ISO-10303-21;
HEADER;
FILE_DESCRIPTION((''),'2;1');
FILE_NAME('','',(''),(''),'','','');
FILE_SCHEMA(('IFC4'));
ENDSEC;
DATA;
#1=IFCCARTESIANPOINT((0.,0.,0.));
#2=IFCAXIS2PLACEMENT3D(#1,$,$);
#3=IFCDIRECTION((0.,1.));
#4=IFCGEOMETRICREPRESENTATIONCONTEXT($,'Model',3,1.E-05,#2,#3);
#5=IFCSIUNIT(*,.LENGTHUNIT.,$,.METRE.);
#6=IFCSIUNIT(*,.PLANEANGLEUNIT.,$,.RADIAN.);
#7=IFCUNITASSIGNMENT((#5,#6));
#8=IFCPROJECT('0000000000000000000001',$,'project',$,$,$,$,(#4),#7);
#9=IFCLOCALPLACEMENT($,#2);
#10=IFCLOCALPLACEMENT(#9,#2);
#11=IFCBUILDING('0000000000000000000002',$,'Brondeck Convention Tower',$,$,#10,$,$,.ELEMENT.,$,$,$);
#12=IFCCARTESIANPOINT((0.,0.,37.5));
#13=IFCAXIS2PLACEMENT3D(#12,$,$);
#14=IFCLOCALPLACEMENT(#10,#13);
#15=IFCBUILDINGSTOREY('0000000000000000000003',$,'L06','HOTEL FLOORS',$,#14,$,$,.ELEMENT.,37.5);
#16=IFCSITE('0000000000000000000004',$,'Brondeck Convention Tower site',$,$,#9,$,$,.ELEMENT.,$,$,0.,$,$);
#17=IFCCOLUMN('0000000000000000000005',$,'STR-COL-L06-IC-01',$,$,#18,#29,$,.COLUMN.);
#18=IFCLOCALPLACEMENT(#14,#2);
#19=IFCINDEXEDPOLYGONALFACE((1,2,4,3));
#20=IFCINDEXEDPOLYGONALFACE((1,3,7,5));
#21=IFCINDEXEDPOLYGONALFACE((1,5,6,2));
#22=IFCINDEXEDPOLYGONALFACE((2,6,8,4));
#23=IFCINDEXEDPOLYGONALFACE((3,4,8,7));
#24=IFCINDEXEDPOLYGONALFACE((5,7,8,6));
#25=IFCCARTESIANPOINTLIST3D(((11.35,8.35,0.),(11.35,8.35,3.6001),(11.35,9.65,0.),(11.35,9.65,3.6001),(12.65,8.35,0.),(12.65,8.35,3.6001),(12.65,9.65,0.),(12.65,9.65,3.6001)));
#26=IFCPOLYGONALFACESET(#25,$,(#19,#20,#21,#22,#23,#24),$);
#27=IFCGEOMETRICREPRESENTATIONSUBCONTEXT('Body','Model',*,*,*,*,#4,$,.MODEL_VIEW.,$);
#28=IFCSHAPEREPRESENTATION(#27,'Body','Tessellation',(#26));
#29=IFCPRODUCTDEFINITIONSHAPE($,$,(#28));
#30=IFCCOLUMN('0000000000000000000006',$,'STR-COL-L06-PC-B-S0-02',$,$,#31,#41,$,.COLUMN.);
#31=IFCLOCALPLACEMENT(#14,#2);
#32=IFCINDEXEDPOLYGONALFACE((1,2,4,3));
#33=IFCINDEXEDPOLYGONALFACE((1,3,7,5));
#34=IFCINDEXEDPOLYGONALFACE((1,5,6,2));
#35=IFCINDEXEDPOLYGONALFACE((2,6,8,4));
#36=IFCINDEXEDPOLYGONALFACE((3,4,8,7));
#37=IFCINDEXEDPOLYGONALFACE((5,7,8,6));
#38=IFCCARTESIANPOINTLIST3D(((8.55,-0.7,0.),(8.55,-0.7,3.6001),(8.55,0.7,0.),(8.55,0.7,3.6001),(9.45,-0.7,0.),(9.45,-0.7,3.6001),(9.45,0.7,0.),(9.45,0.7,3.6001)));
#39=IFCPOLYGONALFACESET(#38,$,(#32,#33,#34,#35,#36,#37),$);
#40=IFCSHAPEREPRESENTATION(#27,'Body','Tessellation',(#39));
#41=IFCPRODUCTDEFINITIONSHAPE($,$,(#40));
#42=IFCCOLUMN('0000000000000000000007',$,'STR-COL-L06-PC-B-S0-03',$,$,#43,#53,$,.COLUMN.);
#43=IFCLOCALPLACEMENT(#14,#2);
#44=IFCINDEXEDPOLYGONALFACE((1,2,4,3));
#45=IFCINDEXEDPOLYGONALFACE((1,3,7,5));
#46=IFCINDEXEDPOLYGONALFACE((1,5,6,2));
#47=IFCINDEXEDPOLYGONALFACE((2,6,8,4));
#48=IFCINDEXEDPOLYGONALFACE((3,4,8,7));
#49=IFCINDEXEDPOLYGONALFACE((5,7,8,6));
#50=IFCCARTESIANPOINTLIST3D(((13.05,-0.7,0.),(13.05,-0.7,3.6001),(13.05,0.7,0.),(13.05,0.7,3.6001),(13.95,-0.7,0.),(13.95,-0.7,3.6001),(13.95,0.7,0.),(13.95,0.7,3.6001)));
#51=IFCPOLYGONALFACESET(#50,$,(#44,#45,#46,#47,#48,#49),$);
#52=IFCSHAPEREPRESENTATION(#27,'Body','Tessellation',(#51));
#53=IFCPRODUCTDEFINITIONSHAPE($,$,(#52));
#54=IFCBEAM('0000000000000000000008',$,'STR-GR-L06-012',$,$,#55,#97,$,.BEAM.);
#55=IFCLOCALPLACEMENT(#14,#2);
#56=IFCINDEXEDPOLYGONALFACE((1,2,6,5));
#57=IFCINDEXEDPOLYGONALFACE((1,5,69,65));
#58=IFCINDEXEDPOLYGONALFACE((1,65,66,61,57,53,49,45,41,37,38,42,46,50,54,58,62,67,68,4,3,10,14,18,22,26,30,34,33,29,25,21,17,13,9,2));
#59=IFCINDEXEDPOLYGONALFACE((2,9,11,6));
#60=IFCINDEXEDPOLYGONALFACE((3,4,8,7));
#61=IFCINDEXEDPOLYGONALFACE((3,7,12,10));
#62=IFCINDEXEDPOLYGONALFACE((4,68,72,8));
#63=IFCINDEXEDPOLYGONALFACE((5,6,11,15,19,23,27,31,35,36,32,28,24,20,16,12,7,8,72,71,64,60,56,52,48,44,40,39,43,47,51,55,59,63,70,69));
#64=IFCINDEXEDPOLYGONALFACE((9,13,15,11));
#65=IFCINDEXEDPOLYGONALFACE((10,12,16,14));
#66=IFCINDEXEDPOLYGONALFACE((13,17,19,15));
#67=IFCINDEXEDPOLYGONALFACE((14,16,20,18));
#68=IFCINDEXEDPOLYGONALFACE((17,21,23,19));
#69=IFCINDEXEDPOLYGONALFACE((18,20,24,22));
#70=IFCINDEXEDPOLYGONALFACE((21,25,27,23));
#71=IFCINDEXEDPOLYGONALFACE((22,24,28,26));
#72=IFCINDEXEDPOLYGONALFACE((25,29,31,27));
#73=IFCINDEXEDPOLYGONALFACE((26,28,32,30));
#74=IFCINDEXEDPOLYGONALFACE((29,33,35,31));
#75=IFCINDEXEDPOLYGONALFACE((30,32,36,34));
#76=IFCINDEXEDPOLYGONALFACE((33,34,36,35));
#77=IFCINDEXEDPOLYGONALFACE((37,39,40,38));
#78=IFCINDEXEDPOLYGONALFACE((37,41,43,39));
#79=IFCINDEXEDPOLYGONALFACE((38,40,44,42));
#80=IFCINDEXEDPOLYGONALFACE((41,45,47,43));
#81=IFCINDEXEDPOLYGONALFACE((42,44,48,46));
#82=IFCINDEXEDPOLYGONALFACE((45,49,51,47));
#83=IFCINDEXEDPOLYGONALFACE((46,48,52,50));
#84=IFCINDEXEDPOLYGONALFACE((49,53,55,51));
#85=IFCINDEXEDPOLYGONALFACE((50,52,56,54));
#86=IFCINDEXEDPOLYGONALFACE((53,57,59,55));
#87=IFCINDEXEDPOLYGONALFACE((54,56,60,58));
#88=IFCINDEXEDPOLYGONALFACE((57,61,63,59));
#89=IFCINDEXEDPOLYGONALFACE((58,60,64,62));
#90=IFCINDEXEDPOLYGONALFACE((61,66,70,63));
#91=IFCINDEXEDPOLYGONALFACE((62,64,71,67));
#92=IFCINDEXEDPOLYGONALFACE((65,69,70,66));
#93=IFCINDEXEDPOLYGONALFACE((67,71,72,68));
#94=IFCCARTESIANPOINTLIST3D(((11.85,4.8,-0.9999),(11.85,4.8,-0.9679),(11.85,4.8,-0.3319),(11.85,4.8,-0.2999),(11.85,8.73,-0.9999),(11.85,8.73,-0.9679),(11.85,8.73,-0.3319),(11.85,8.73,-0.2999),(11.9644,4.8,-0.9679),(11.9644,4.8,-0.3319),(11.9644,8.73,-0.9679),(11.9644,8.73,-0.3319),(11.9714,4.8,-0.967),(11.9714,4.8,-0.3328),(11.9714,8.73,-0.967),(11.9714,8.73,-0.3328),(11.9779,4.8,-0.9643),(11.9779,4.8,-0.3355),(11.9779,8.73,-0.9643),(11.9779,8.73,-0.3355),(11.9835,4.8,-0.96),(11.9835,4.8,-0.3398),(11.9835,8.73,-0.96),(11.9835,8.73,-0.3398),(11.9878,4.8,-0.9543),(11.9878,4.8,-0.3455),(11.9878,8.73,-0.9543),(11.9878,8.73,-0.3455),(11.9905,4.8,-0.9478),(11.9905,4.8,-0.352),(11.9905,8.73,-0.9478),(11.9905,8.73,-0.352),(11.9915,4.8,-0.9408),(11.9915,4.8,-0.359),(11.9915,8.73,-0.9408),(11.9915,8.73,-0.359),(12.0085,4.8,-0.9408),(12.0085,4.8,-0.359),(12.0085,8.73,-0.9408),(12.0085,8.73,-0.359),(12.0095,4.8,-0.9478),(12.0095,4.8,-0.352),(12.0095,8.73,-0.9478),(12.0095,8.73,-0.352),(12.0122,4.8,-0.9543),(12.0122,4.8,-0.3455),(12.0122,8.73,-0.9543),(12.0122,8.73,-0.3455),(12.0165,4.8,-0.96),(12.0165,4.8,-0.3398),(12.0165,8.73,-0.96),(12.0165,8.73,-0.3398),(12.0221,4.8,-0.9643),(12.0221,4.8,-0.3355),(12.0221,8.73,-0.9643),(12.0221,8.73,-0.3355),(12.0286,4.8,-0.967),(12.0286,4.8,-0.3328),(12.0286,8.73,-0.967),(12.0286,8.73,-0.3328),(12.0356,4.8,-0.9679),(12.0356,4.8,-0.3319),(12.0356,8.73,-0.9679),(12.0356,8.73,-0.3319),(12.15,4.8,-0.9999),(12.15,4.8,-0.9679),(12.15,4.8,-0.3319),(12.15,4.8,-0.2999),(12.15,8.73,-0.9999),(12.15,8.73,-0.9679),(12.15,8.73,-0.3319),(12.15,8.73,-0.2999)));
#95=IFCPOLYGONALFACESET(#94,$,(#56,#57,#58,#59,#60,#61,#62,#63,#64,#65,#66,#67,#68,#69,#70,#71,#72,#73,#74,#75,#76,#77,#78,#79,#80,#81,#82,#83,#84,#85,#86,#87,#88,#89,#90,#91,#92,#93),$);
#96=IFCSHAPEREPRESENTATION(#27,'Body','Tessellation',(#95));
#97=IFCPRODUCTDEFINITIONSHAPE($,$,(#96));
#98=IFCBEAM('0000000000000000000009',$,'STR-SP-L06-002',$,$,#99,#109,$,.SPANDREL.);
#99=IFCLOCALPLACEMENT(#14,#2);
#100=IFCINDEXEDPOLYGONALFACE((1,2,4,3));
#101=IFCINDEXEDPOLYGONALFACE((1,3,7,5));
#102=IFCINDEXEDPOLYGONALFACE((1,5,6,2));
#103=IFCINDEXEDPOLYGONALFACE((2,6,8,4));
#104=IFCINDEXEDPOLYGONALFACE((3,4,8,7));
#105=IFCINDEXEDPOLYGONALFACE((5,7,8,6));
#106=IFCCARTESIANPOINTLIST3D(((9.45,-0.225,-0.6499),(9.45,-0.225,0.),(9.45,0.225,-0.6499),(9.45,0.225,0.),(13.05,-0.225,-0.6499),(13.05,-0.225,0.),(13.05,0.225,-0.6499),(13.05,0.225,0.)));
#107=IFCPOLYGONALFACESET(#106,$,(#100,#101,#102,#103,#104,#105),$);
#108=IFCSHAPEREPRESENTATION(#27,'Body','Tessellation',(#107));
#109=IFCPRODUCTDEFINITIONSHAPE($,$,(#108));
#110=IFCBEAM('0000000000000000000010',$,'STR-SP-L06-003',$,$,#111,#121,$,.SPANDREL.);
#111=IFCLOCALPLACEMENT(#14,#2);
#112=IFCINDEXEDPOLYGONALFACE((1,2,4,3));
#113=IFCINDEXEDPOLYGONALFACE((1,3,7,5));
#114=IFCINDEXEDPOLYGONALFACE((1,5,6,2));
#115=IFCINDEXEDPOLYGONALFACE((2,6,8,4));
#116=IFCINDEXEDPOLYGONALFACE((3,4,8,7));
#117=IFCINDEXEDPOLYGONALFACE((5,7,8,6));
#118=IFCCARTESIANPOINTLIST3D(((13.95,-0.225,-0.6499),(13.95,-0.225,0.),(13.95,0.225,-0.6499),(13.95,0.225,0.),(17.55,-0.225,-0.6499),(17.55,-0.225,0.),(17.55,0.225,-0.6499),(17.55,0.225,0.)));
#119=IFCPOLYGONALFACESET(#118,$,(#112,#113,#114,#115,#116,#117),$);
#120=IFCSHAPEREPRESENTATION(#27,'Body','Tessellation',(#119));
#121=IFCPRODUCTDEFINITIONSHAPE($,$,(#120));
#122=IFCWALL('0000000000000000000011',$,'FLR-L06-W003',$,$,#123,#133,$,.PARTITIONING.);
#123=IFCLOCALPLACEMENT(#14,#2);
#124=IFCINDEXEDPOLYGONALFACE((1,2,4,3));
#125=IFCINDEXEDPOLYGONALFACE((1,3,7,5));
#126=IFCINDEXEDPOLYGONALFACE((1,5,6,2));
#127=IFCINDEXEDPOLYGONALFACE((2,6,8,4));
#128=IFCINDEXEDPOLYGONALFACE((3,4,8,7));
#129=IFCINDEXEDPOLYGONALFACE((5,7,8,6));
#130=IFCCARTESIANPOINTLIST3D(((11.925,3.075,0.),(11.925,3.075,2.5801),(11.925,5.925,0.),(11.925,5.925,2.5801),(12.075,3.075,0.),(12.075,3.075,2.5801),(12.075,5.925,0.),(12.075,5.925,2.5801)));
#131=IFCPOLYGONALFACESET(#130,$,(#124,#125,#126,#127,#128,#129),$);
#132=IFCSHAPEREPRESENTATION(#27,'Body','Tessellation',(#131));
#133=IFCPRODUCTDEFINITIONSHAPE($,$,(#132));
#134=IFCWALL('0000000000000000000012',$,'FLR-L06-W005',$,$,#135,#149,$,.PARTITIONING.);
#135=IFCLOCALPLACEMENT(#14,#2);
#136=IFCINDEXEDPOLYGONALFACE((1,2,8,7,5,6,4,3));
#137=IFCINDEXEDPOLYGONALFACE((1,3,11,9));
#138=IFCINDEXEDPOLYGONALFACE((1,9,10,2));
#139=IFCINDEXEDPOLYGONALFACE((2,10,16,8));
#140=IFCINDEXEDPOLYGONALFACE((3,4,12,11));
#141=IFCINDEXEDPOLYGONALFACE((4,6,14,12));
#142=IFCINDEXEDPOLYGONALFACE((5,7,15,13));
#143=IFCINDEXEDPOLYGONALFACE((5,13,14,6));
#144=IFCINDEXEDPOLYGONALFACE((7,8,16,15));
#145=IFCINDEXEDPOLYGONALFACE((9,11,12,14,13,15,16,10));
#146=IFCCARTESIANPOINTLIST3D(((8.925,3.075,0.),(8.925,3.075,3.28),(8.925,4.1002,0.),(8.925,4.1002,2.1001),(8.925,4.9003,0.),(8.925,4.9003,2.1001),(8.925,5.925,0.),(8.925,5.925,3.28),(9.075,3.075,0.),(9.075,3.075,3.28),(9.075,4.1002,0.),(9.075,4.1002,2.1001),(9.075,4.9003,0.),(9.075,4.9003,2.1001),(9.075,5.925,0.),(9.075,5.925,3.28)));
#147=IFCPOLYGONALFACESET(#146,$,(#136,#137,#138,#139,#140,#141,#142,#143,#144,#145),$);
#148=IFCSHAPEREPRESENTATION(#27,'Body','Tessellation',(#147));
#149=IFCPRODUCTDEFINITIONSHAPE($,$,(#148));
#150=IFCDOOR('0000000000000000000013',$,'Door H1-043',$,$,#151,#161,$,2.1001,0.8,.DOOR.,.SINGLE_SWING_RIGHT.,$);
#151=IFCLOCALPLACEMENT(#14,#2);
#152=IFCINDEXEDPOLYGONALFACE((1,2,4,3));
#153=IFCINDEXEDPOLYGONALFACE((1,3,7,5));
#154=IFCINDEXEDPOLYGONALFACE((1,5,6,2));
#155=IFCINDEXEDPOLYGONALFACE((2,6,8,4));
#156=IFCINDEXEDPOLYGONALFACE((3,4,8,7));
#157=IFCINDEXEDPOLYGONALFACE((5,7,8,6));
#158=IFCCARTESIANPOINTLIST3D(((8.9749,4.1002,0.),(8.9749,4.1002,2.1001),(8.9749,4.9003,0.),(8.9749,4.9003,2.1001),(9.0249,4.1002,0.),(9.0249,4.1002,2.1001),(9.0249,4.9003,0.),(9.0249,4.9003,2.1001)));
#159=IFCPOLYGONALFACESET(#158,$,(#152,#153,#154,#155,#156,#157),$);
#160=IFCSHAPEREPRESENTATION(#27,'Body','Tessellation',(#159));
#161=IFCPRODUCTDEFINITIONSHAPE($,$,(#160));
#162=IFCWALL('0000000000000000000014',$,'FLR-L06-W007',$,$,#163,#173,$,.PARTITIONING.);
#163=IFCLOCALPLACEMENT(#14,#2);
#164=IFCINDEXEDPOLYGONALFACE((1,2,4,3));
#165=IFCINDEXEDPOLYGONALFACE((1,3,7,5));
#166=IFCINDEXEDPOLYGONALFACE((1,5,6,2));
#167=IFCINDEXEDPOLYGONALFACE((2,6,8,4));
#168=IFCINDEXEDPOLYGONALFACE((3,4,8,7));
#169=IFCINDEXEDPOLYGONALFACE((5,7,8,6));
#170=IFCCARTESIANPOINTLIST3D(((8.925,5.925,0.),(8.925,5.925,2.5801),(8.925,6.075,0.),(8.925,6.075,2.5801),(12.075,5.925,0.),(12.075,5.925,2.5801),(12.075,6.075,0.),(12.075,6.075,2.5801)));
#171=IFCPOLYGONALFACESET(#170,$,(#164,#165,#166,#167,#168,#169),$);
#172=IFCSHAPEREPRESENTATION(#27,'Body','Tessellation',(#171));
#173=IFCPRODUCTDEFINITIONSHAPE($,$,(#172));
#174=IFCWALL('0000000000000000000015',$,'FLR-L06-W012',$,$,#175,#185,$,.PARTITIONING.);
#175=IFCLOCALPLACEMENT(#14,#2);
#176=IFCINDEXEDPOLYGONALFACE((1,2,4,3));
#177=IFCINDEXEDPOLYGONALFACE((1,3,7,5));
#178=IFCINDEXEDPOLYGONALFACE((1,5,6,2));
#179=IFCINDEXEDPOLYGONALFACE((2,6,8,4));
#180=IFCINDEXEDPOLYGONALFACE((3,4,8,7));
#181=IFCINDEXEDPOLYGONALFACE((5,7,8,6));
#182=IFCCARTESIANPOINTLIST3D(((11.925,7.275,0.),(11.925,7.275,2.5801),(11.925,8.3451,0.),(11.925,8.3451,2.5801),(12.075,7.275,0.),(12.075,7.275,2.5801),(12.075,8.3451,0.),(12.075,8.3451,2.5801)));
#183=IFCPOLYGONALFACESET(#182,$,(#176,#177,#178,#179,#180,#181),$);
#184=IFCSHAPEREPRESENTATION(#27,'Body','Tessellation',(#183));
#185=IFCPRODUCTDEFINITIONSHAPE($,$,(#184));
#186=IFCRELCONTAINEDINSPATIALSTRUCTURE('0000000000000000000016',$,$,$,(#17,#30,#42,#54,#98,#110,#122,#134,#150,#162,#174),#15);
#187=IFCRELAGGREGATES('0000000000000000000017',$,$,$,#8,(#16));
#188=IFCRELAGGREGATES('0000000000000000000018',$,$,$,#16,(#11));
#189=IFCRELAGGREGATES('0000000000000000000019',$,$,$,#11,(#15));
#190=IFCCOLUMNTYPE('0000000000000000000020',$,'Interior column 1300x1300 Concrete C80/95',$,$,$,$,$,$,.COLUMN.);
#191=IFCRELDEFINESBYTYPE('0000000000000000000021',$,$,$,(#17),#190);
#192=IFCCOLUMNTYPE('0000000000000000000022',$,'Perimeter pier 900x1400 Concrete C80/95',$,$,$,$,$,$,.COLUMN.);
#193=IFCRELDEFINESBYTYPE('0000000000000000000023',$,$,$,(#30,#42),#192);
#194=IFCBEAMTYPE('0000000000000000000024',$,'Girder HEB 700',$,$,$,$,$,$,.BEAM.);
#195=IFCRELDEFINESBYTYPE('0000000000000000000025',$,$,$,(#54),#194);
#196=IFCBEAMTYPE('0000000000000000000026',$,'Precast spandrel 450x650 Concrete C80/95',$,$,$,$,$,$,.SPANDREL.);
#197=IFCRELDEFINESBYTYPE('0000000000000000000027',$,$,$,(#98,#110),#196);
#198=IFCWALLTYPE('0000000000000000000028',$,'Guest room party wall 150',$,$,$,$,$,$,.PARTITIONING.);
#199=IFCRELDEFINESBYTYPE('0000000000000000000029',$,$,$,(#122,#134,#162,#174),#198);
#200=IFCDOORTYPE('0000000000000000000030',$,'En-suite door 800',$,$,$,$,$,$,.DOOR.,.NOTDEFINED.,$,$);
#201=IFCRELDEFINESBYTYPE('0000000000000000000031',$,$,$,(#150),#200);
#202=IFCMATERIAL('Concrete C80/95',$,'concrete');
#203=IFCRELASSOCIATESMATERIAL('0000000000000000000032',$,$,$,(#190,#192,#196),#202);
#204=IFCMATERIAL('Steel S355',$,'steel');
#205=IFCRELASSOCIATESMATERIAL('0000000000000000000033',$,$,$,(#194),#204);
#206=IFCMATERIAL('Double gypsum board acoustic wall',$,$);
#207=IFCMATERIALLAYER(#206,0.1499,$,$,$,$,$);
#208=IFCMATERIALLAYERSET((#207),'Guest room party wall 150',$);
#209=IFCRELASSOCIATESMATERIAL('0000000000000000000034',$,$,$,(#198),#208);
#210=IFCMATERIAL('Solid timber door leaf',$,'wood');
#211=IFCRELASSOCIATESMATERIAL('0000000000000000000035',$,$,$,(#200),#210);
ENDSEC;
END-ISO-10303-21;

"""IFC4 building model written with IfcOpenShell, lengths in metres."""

from ifc_helpers import new_model, si_unit, direction, frame, frame_2d, origin, origin_2d, place, context, subcontext, project, spatial, rectangle, i_section, extrude, material, layer, layer_set, material_profile, profile_set, type_object, element, fill, save


model = new_model("IFC4")

# Units and contexts
model_context = context("Model", 3, precision=1e-05, world=origin(), true_north=direction((0.0, 1.0)))
body_context = subcontext(model_context, "Body", "Model", "MODEL_VIEW")
ifc_project = project(units=[si_unit("LENGTHUNIT", "METRE"), si_unit("PLANEANGLEUNIT", "RADIAN")], contexts=[model_context])

# Site, building, storey
site_placement = place(None, origin())
site = spatial("IfcSite", under=ifc_project, at=site_placement, Name="Brondeck Convention Tower site", CompositionType="ELEMENT", RefElevation=0.0)
building_placement = place(site_placement, origin())
building = spatial("IfcBuilding", under=site, at=building_placement, Name="Brondeck Convention Tower", CompositionType="ELEMENT")
storey_placement = place(building_placement, frame((0.0, 0.0, 37.5)))
storey = spatial("IfcBuildingStorey", under=building, at=storey_placement, Name="L06", Description="HOTEL FLOORS", CompositionType="ELEMENT", Elevation=37.5)

# Columns
ifc_material_1 = material(Name="Concrete C80/95", Category="concrete")
ifc_material_profile_1 = material_profile(ifc_material_1, rectangle(XDim=1.3, YDim=1.3, at=origin_2d()), Name="Interior column 1300x1300 Concrete C80/95")
ifc_profile_set_1 = profile_set([ifc_material_profile_1], Name="Concrete C80/95")
column_type_1 = type_object("IfcColumnType", Name="Interior column 1300x1300 Concrete C80/95", PredefinedType="COLUMN", material=ifc_profile_set_1)
column_placement = place(storey_placement, frame((12.0, 9.0, 0.0), z_axis=(0.0, 0.0, 1.0), x_axis=(1.0, 0.0, 0.0)))
element("IfcColumn", 1, at=column_placement, inside=storey, type_object=column_type_1, Name="STR-COL-L06-IC-01", PredefinedType="COLUMN", context=body_context, shape_type="SweptSolid", body=[
    extrude(rectangle(XDim=1.3, YDim=1.3, at=origin_2d()), origin(), (0.0, 0.0, 1.0), 3.6001),
])
ifc_material_profile_2 = material_profile(ifc_material_1, rectangle(XDim=0.8999, YDim=1.3999, at=origin_2d()), Name="Perimeter pier 900x1400 Concrete C80/95")
ifc_profile_set_2 = profile_set([ifc_material_profile_2], Name="Concrete C80/95")
column_type_2 = type_object("IfcColumnType", Name="Perimeter pier 900x1400 Concrete C80/95", PredefinedType="COLUMN", material=ifc_profile_set_2)
for number, where, z_axis, x_axis, name in (
    (2, (9.0, 0.0, 0.0), (0.0, 0.0, 1.0), (1.0, 0.0, 0.0), "STR-COL-L06-PC-B-S0-02"),
    (3, (13.5, 0.0, 0.0), (0.0, 0.0, 1.0), (1.0, 0.0, 0.0), "STR-COL-L06-PC-B-S0-03"),
):
    element("IfcColumn", number, at=place(storey_placement, frame(where, z_axis=z_axis, x_axis=x_axis)), inside=storey, type_object=column_type_2, Name=name, PredefinedType="COLUMN", context=body_context, shape_type="SweptSolid", body=[
        extrude(rectangle(XDim=0.8999, YDim=1.3999, at=origin_2d()), origin(), (0.0, 0.0, 1.0), 3.6001),
    ])

# Beams
ifc_material_2 = material(Name="Steel S355", Category="steel")
ifc_material_profile_3 = material_profile(ifc_material_2, i_section(OverallWidth=0.3, OverallDepth=0.7, WebThickness=0.0171, FlangeThickness=0.032, FilletRadius=0.0271, at=origin_2d()), Name="HEB 700")
ifc_profile_set_3 = profile_set([ifc_material_profile_3], Name="Steel S355")
beam_type_1 = type_object("IfcBeamType", Name="Girder HEB 700", PredefinedType="BEAM", material=ifc_profile_set_3)
beam_placement = place(storey_placement, frame((12.0, 8.73, -0.6499), z_axis=(0.0, -1.0, 0.0), x_axis=(1.0, 0.0, 0.0)))
element("IfcBeam", 4, at=beam_placement, inside=storey, type_object=beam_type_1, Name="STR-GR-L06-012", PredefinedType="BEAM", context=body_context, shape_type="SweptSolid", body=[
    extrude(i_section(OverallWidth=0.3, OverallDepth=0.7, WebThickness=0.0171, FlangeThickness=0.032, FilletRadius=0.0271, at=origin_2d()), origin(), (0.0, 0.0, 1.0), 3.9299),
])
ifc_material_profile_4 = material_profile(ifc_material_1, rectangle(XDim=0.45, YDim=0.6499, at=origin_2d()), Name="Precast spandrel 450x650 Concrete C80/95")
ifc_profile_set_4 = profile_set([ifc_material_profile_4], Name="Concrete C80/95")
beam_type_2 = type_object("IfcBeamType", Name="Precast spandrel 450x650 Concrete C80/95", PredefinedType="SPANDREL", material=ifc_profile_set_4)
for number, where, z_axis, x_axis, name in (
    (5, (9.45, 0.0, -0.325), (1.0, 0.0, 0.0), (0.0, 1.0, 0.0), "STR-SP-L06-002"),
    (6, (13.95, 0.0, -0.325), (1.0, 0.0, 0.0), (0.0, 1.0, 0.0), "STR-SP-L06-003"),
):
    element("IfcBeam", number, at=place(storey_placement, frame(where, z_axis=z_axis, x_axis=x_axis)), inside=storey, type_object=beam_type_2, Name=name, PredefinedType="SPANDREL", context=body_context, shape_type="SweptSolid", body=[
        extrude(rectangle(XDim=0.45, YDim=0.6499, at=origin_2d()), origin(), (0.0, 0.0, 1.0), 3.6001),
    ])

# Wall
ifc_material_3 = material(Name="Double gypsum board acoustic wall")
ifc_layer = layer(ifc_material_3, 0.1499)
ifc_layer_set = layer_set([ifc_layer], Name="Guest room party wall 150")
wall_type = type_object("IfcWallType", Name="Guest room party wall 150", PredefinedType="PARTITIONING", material=ifc_layer_set)
wall_1_placement = place(storey_placement, frame((12.0, 3.075, 0.0), z_axis=(0.0, 0.0, 1.0), x_axis=(0.0, 1.0, 0.0)))
element("IfcWall", 7, at=wall_1_placement, inside=storey, type_object=wall_type, Name="FLR-L06-W003", PredefinedType="PARTITIONING", context=body_context, shape_type="SweptSolid", body=[
    extrude(rectangle(XDim=2.8501, YDim=0.1499, at=frame_2d((1.425, 0.0))), origin(), (0.0, 0.0, 1.0), 2.5801),
])

# Wall, opening, door
wall_2_placement = place(storey_placement, frame((9.0, 5.925, 0.0), z_axis=(0.0, 0.0, 1.0), x_axis=(0.0, -1.0, 0.0)))
wall_2 = element("IfcWall", 8, at=wall_2_placement, inside=storey, type_object=wall_type, Name="FLR-L06-W005", PredefinedType="PARTITIONING", context=body_context, shape_type="SweptSolid", body=[
    extrude(rectangle(XDim=2.8501, YDim=0.1499, at=frame_2d((1.425, 0.0))), origin(), (0.0, 0.0, 1.0), 3.28),
])
opening_1_placement = place(wall_2_placement, frame((1.0249, 0.0, 0.0)))
opening_1 = element("IfcOpeningElement", 9, at=opening_1_placement, cuts=wall_2, PredefinedType="OPENING", context=body_context, shape_type="SweptSolid", body=[
    extrude(rectangle(XDim=0.8, YDim=2.1001, at=frame_2d((0.3999, 1.05))), frame((0.0, 0.085, 0.0), z_axis=(0.0, -1.0, 0.0), x_axis=(1.0, 0.0, 0.0)), (0.0, 0.0, 1.0), 0.1699),
])
ifc_material_4 = material(Name="Solid timber door leaf", Category="wood")
door_type = type_object("IfcDoorType", Name="En-suite door 800", OperationType="NOTDEFINED", PredefinedType="DOOR", material=ifc_material_4)
door_1_placement = place(opening_1_placement, origin())
door_1 = element("IfcDoor", 10, at=door_1_placement, inside=storey, type_object=door_type, Name="Door H1-043", OperationType="SINGLE_SWING_RIGHT", OverallHeight=2.1001, OverallWidth=0.8, PredefinedType="DOOR", context=body_context, shape_type="SweptSolid", body=[
    extrude(rectangle(XDim=0.8, YDim=2.1001, at=frame_2d((0.3999, 1.05))), frame((0.0, 0.0249, 0.0), z_axis=(0.0, -1.0, 0.0), x_axis=(1.0, 0.0, 0.0)), (0.0, 0.0, 1.0), 0.05),
])
fill(opening_1, door_1)

# Walls
wall_3_placement = place(storey_placement, frame((12.075, 6.0, 0.0), z_axis=(0.0, 0.0, 1.0), x_axis=(-1.0, 0.0, 0.0)))
element("IfcWall", 11, at=wall_3_placement, inside=storey, type_object=wall_type, Name="FLR-L06-W007", PredefinedType="PARTITIONING", context=body_context, shape_type="SweptSolid", body=[
    extrude(rectangle(XDim=3.1499, YDim=0.1499, at=frame_2d((1.575, 0.0))), origin(), (0.0, 0.0, 1.0), 2.5801),
])
wall_4_placement = place(storey_placement, frame((12.0, 7.2749, 0.0), z_axis=(0.0, 0.0, 1.0), x_axis=(0.0, 1.0, 0.0)))
element("IfcWall", 12, at=wall_4_placement, inside=storey, type_object=wall_type, Name="FLR-L06-W012", PredefinedType="PARTITIONING", context=body_context, shape_type="SweptSolid", body=[
    extrude(rectangle(XDim=1.0701, YDim=0.1499, at=frame_2d((0.5352, 0.0))), origin(), (0.0, 0.0, 1.0), 2.5801),
])

save(model, "model.ifc")
